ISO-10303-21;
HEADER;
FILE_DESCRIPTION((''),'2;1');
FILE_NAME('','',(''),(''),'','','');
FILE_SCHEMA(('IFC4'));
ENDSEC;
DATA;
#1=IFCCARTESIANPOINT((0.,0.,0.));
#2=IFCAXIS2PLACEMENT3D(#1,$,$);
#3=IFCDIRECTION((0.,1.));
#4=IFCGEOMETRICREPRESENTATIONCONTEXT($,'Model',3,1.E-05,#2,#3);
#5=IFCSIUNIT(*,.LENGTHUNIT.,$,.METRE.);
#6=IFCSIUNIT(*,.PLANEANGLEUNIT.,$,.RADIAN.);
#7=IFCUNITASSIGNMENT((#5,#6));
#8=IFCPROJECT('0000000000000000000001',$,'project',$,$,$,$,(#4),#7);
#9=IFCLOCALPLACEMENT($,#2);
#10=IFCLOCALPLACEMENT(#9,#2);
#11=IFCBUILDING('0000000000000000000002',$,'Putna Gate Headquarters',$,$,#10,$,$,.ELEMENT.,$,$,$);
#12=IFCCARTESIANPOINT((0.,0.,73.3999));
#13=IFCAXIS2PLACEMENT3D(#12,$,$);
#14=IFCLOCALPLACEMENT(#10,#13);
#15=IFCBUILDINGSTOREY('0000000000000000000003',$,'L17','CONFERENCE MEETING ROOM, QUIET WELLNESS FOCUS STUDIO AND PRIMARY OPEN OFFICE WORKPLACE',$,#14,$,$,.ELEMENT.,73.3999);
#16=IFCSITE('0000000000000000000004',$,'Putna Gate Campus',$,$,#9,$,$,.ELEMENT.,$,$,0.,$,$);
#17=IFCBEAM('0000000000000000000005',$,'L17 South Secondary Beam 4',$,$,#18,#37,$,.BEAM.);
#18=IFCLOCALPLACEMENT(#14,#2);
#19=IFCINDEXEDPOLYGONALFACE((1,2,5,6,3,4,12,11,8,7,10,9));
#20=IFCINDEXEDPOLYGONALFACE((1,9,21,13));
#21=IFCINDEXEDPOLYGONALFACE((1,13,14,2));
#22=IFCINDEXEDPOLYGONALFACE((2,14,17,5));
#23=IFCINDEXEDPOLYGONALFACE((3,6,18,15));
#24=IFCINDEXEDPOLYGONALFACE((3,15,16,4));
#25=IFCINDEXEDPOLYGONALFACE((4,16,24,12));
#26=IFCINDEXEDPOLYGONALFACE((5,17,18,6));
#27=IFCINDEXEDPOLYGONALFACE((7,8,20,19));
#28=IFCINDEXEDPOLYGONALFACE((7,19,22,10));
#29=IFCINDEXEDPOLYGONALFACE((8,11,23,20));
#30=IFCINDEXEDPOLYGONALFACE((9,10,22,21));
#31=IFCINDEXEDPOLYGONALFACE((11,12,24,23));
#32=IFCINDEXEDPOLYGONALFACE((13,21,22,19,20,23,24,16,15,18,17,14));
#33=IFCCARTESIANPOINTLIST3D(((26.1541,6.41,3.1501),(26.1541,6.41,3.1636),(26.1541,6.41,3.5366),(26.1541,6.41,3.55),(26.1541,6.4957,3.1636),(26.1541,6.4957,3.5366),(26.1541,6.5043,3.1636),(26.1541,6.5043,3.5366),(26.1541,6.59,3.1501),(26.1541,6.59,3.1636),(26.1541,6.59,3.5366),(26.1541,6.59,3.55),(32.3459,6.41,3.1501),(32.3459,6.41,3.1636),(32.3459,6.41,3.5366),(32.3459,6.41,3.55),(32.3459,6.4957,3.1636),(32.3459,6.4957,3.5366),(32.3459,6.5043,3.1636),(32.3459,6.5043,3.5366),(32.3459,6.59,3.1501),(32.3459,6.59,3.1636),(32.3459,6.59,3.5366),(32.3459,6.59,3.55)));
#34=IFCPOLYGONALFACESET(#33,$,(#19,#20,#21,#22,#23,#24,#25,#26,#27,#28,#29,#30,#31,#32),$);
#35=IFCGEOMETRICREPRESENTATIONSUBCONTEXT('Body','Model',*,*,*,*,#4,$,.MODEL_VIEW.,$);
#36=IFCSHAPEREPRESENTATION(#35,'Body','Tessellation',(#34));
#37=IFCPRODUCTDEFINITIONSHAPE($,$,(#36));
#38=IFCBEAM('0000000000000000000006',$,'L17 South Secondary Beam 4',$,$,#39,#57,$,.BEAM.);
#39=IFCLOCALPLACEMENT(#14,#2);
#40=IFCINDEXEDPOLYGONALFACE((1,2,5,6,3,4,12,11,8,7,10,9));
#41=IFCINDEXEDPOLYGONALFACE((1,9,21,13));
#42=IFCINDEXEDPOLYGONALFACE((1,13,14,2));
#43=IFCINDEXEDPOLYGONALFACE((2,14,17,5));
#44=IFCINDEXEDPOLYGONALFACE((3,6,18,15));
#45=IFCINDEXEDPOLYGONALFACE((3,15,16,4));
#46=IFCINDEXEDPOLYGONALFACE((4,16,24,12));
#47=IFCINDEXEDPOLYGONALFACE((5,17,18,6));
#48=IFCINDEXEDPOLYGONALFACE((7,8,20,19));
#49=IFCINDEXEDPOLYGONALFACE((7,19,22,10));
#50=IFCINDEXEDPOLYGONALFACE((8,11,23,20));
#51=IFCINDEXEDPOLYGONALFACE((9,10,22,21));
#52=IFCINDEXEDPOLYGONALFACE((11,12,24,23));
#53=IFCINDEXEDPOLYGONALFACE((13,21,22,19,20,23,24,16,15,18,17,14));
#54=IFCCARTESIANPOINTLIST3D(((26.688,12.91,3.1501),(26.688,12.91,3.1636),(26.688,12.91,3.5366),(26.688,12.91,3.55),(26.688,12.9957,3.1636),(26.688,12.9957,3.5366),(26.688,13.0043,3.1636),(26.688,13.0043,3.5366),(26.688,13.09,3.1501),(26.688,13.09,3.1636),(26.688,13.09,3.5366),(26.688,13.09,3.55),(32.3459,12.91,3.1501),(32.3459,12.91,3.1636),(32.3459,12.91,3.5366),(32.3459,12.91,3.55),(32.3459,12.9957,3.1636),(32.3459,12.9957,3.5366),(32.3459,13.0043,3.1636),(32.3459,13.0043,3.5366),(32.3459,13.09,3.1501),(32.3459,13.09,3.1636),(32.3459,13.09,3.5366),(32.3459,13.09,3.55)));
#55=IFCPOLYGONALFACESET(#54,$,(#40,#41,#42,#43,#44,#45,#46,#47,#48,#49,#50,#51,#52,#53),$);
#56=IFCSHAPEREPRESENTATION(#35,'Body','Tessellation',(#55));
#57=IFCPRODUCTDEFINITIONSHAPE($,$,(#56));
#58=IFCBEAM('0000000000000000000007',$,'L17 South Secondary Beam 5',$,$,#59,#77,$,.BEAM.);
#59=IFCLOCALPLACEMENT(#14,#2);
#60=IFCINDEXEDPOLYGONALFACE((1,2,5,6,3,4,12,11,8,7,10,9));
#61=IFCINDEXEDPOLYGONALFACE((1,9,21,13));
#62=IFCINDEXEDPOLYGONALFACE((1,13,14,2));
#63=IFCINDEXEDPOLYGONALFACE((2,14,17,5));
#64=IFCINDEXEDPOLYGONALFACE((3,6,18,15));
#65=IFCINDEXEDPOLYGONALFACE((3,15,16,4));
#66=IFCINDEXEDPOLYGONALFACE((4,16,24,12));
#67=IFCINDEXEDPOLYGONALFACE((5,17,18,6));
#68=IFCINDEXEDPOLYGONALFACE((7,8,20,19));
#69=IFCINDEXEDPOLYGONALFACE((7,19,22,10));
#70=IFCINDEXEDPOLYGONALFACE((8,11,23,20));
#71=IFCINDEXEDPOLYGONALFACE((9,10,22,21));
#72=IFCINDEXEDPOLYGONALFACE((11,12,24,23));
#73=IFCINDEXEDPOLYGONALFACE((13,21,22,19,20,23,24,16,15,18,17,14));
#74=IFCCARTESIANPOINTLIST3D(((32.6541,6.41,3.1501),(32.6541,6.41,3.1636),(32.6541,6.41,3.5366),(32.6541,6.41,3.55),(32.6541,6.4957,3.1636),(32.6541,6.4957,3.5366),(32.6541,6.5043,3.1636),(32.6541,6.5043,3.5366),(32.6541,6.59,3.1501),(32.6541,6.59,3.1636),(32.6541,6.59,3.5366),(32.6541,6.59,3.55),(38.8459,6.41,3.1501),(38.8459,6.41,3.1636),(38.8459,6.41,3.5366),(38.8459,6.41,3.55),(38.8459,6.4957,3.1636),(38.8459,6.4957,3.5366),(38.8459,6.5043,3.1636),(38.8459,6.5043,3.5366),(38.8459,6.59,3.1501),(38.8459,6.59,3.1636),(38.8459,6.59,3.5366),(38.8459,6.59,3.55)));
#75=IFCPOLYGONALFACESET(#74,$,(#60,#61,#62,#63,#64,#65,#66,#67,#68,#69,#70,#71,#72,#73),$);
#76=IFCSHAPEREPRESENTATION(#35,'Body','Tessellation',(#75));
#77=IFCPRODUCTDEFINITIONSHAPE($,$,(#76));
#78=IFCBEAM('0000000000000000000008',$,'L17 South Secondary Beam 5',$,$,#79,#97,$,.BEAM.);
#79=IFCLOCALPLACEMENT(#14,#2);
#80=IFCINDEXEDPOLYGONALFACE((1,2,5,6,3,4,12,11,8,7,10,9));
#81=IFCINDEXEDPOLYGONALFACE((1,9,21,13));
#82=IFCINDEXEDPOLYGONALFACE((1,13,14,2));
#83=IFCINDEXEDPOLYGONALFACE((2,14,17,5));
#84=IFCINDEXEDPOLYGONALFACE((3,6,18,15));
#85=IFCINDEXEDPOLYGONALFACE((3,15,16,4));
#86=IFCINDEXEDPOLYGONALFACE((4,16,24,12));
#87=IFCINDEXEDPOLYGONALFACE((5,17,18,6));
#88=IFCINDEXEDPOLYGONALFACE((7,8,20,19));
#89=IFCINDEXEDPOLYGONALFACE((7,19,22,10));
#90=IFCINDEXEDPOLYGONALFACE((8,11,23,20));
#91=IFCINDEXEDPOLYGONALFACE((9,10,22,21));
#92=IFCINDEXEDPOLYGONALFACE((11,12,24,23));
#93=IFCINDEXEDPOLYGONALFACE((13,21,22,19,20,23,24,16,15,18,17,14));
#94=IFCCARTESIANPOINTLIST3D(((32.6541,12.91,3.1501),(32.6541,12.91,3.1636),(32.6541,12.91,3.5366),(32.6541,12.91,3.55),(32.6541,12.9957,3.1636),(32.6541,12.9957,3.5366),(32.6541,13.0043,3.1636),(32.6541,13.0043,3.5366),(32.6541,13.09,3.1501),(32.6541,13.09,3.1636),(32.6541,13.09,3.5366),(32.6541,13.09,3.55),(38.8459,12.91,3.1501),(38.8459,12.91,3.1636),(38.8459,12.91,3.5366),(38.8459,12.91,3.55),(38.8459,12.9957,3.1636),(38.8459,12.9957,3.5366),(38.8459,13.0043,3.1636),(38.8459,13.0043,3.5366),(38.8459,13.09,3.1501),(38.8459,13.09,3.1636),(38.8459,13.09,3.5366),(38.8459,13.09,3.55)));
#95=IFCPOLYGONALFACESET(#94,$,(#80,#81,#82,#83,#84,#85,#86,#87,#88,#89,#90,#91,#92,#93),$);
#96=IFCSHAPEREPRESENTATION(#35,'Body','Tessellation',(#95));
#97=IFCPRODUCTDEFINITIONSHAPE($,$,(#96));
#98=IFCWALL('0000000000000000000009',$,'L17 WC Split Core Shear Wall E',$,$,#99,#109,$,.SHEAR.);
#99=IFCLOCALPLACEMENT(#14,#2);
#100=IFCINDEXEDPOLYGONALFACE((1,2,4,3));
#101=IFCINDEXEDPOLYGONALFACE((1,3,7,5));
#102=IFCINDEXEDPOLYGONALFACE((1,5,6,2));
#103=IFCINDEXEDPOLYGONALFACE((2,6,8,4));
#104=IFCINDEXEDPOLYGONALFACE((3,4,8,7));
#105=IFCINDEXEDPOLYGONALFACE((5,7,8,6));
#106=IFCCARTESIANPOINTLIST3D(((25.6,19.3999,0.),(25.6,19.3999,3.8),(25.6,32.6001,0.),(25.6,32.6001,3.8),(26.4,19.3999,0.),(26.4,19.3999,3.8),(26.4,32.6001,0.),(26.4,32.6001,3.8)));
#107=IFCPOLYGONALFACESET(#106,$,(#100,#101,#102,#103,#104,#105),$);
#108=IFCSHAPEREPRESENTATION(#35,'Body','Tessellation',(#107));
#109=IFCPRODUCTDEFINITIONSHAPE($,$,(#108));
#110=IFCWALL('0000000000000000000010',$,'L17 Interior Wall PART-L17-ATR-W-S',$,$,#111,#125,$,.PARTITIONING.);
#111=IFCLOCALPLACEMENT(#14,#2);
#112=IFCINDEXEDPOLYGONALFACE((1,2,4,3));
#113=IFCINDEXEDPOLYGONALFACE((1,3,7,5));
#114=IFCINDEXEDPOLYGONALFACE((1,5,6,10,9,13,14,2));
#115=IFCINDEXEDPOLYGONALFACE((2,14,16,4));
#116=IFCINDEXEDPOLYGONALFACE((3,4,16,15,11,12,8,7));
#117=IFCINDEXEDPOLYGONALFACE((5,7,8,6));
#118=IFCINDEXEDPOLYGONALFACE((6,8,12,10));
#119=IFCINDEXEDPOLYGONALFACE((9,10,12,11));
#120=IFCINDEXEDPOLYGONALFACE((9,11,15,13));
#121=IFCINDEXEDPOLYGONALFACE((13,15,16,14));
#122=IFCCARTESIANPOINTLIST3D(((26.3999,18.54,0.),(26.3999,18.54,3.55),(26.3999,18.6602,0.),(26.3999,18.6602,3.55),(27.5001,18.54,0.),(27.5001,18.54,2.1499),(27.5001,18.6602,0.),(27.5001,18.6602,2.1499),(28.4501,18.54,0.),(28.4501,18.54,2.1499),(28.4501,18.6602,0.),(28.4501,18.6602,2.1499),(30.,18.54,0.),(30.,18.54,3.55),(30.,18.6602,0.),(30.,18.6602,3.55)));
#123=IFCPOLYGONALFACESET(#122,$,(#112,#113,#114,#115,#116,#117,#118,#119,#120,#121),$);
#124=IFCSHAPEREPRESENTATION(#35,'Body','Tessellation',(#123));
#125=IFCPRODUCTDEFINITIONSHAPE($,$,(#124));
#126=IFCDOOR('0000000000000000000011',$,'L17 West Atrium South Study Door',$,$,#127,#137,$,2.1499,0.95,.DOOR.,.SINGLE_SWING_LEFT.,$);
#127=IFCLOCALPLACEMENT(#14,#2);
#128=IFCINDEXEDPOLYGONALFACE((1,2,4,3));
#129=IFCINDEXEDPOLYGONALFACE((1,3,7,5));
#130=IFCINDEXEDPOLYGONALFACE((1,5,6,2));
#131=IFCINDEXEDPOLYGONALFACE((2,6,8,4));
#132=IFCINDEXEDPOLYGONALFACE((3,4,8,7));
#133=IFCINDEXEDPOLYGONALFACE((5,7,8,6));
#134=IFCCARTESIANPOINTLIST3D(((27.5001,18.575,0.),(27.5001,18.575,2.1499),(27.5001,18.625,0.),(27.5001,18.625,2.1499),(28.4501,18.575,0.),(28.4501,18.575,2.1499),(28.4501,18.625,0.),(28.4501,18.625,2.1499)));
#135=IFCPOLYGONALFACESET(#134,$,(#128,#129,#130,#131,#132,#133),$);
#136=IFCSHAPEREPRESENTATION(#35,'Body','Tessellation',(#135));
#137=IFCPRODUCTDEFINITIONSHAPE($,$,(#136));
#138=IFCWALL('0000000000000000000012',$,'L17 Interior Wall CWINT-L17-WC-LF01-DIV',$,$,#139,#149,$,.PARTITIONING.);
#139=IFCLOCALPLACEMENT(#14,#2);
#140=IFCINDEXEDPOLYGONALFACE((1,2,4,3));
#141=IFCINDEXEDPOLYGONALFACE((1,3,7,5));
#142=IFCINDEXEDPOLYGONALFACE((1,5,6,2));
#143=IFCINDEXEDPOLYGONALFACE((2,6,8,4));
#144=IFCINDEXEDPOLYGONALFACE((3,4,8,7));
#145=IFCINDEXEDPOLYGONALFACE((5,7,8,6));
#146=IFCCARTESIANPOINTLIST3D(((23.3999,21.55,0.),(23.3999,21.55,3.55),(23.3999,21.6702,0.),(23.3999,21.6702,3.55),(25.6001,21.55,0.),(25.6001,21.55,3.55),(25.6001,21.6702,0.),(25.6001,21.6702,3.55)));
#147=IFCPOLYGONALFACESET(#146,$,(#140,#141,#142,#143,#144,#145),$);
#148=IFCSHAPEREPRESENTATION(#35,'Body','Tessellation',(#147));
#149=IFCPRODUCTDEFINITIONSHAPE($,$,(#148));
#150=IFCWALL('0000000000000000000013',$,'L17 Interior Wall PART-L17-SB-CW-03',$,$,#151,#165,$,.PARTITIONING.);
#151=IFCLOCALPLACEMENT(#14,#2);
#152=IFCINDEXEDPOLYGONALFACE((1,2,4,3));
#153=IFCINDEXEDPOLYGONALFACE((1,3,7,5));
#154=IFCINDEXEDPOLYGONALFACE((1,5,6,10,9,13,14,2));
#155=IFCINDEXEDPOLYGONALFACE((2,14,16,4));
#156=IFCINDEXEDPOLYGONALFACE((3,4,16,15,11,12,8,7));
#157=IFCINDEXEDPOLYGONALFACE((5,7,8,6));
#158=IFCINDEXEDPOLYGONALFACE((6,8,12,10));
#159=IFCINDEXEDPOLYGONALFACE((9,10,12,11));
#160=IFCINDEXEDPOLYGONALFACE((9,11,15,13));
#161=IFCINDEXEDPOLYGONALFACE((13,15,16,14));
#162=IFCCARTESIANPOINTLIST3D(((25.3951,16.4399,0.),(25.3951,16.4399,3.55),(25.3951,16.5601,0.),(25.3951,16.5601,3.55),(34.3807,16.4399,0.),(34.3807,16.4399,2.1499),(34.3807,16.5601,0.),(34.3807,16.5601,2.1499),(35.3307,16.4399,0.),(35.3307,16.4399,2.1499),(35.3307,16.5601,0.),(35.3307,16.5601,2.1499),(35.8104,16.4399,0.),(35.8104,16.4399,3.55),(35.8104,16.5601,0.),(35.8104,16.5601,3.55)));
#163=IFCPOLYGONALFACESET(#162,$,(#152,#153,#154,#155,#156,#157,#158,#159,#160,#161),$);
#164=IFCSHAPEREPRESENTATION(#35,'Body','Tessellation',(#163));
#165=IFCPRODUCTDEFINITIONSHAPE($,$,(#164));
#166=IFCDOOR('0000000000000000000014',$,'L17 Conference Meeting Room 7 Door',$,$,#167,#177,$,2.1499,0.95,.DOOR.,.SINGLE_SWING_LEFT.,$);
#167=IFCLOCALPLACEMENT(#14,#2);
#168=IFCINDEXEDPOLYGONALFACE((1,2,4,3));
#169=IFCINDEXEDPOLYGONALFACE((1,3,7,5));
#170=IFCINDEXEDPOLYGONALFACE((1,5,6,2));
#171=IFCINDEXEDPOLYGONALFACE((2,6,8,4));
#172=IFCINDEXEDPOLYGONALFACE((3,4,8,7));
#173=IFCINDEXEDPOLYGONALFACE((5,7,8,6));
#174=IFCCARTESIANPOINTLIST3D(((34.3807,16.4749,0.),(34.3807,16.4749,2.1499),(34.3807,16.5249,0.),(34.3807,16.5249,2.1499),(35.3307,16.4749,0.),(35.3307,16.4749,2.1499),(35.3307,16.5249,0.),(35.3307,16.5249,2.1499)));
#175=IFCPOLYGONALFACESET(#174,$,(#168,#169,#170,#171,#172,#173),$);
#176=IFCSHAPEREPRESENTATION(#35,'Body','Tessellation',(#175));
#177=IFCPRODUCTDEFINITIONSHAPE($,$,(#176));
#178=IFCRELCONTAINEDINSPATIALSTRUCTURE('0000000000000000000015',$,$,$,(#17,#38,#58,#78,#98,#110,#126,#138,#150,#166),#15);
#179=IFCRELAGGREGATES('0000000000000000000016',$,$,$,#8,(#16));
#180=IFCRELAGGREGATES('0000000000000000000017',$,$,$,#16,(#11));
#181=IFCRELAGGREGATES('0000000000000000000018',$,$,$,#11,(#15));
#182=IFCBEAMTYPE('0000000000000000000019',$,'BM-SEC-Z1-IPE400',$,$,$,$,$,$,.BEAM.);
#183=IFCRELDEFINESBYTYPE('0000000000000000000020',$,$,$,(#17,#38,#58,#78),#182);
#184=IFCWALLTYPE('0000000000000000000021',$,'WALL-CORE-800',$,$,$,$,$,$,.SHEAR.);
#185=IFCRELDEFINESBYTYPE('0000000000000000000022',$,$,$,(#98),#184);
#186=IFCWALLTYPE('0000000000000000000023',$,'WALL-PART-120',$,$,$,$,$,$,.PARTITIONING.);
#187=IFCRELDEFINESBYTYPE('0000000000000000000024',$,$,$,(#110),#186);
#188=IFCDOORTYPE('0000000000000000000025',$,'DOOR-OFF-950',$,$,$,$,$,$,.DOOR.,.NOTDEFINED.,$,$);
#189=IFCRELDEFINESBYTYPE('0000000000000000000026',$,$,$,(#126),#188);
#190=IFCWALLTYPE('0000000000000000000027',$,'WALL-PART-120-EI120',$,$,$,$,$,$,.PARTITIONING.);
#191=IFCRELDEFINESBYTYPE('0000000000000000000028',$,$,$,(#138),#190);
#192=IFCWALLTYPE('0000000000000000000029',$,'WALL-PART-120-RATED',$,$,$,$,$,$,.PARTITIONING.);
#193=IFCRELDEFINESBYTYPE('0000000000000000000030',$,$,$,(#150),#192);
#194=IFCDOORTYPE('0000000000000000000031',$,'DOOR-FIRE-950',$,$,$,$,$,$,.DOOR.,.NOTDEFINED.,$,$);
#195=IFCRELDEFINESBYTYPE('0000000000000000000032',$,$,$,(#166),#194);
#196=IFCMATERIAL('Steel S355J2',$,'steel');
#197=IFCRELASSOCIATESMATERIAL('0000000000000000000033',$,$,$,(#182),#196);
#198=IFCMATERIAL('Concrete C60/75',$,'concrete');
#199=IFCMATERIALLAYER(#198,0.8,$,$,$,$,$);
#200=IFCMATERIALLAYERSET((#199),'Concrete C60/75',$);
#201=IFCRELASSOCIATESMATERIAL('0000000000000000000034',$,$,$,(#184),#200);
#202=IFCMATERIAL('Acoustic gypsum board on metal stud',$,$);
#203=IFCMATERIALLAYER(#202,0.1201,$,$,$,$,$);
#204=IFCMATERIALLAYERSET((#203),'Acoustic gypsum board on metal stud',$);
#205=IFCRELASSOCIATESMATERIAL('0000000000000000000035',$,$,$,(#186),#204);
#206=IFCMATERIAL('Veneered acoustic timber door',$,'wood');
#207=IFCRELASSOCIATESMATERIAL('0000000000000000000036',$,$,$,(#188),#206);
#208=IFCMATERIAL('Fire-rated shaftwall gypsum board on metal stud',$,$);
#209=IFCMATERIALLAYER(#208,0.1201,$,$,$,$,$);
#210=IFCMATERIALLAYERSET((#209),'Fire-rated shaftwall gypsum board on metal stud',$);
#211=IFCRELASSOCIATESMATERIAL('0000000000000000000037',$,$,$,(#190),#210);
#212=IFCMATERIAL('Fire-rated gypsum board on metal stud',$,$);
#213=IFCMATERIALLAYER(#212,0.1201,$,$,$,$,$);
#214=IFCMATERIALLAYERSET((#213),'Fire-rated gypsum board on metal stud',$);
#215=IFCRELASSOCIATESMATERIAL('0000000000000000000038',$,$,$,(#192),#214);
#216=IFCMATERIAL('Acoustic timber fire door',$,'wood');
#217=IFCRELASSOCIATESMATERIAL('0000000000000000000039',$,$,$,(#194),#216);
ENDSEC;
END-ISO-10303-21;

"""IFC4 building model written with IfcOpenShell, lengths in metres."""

from ifc_helpers import new_model, si_unit, direction, frame, frame_2d, origin, origin_2d, place, context, subcontext, project, spatial, rectangle, i_section, extrude, material, layer, layer_set, material_profile, profile_set, type_object, element, fill, save


model = new_model("IFC4")

# Units and contexts
model_context = context("Model", 3, precision=1e-05, world=origin(), true_north=direction((0.0, 1.0)))
body_context = subcontext(model_context, "Body", "Model", "MODEL_VIEW")
ifc_project = project(units=[si_unit("LENGTHUNIT", "METRE"), si_unit("PLANEANGLEUNIT", "RADIAN")], contexts=[model_context])

# Site, building, storey
site_placement = place(None, origin())
site = spatial("IfcSite", under=ifc_project, at=site_placement, Name="Putna Gate Campus", CompositionType="ELEMENT", RefElevation=0.0)
building_placement = place(site_placement, origin())
building = spatial("IfcBuilding", under=site, at=building_placement, Name="Putna Gate Headquarters", CompositionType="ELEMENT")
storey_placement = place(building_placement, frame((0.0, 0.0, 73.3999)))
storey = spatial("IfcBuildingStorey", under=building, at=storey_placement, Name="L17", Description="CONFERENCE MEETING ROOM, QUIET WELLNESS FOCUS STUDIO AND PRIMARY OPEN OFFICE WORKPLACE", CompositionType="ELEMENT", Elevation=73.3999)

# Shared definitions
ifc_material_1 = material(Name="Concrete C60/75", Category="concrete")

# Beams
ifc_material_2 = material(Name="Steel S355J2", Category="steel")
ifc_material_profile_1 = material_profile(ifc_material_2, i_section(OverallWidth=0.1799, OverallDepth=0.3999, WebThickness=0.0085, FlangeThickness=0.0134, at=origin_2d()), Name="Steel S355J2")
ifc_profile_set_1 = profile_set([ifc_material_profile_1], Name="Steel S355J2")
beam_type_1 = type_object("IfcBeamType", Name="BM-SEC-Z1-IPE400", PredefinedType="BEAM", material=ifc_profile_set_1)
beam_1_placement = place(storey_placement, frame((26.1541, 6.5, 3.3501), z_axis=(1.0, 0.0, 0.0), x_axis=(0.0, 1.0, 0.0)))
element("IfcBeam", 1, at=beam_1_placement, inside=storey, type_object=beam_type_1, Name="L17 South Secondary Beam 4", PredefinedType="BEAM", context=body_context, shape_type="SweptSolid", body=[
    extrude(i_section(OverallWidth=0.1799, OverallDepth=0.3999, WebThickness=0.0085, FlangeThickness=0.0134, at=origin_2d()), origin(), (0.0, 0.0, 1.0), 6.1919),
])
beam_2_placement = place(storey_placement, frame((26.688, 13.0, 3.3501), z_axis=(1.0, 0.0, 0.0), x_axis=(0.0, 1.0, 0.0)))
element("IfcBeam", 2, at=beam_2_placement, inside=storey, type_object=beam_type_1, Name="L17 South Secondary Beam 4", PredefinedType="BEAM", context=body_context, shape_type="SweptSolid", body=[
    extrude(i_section(OverallWidth=0.1799, OverallDepth=0.3999, WebThickness=0.0085, FlangeThickness=0.0134, at=origin_2d()), origin(), (0.0, 0.0, 1.0), 5.658),
])
for number, where, z_axis, x_axis, name in (
    (3, (32.6541, 6.5, 3.3501), (1.0, 0.0, 0.0), (0.0, 1.0, 0.0), "L17 South Secondary Beam 5"),
    (4, (32.6541, 13.0, 3.3501), (1.0, 0.0, 0.0), (0.0, 1.0, 0.0), "L17 South Secondary Beam 5"),
):
    element("IfcBeam", number, at=place(storey_placement, frame(where, z_axis=z_axis, x_axis=x_axis)), inside=storey, type_object=beam_type_1, Name=name, PredefinedType="BEAM", context=body_context, shape_type="SweptSolid", body=[
        extrude(i_section(OverallWidth=0.1799, OverallDepth=0.3999, WebThickness=0.0085, FlangeThickness=0.0134, at=origin_2d()), origin(), (0.0, 0.0, 1.0), 6.1919),
    ])

# Wall
ifc_layer_1 = layer(ifc_material_1, 0.8)
ifc_layer_set_1 = layer_set([ifc_layer_1], Name="Concrete C60/75")
wall_type_1 = type_object("IfcWallType", Name="WALL-CORE-800", PredefinedType="SHEAR", material=ifc_layer_set_1)
wall_1_placement = place(storey_placement, frame((26.0, 19.3999, 0.0), z_axis=(0.0, 0.0, 1.0), x_axis=(0.0, 1.0, 0.0)))
element("IfcWall", 5, at=wall_1_placement, inside=storey, type_object=wall_type_1, Name="L17 WC Split Core Shear Wall E", PredefinedType="SHEAR", context=body_context, shape_type="SweptSolid", body=[
    extrude(rectangle(XDim=13.2002, YDim=0.8, at=frame_2d((6.6001, 0.0))), origin(), (0.0, 0.0, 1.0), 3.8),
])

# Wall, opening, door
ifc_material_3 = material(Name="Acoustic gypsum board on metal stud")
ifc_layer_2 = layer(ifc_material_3, 0.1201)
ifc_layer_set_2 = layer_set([ifc_layer_2], Name="Acoustic gypsum board on metal stud")
wall_type_2 = type_object("IfcWallType", Name="WALL-PART-120", PredefinedType="PARTITIONING", material=ifc_layer_set_2)
wall_2_placement = place(storey_placement, frame((26.3999, 18.6001, 0.0), z_axis=(0.0, 0.0, 1.0), x_axis=(1.0, 0.0, 0.0)))
wall_2 = element("IfcWall", 6, at=wall_2_placement, inside=storey, type_object=wall_type_2, Name="L17 Interior Wall PART-L17-ATR-W-S", PredefinedType="PARTITIONING", context=body_context, shape_type="SweptSolid", body=[
    extrude(rectangle(XDim=3.6001, YDim=0.1201, at=frame_2d((1.8, 0.0))), origin(), (0.0, 0.0, 1.0), 3.55),
])
opening_1_placement = place(wall_2_placement, frame((1.1001, 0.0, 0.0)))
opening_1 = element("IfcOpeningElement", 7, at=opening_1_placement, cuts=wall_2, PredefinedType="OPENING", context=body_context, shape_type="SweptSolid", body=[
    extrude(rectangle(XDim=0.95, YDim=2.1499, at=frame_2d((0.4751, 1.075))), frame((0.0, 0.0701, 0.0), z_axis=(0.0, -1.0, 0.0), x_axis=(1.0, 0.0, 0.0)), (0.0, 0.0, 1.0), 0.1401),
])
ifc_material_4 = material(Name="Veneered acoustic timber door", Category="wood")
door_type_1 = type_object("IfcDoorType", Name="DOOR-OFF-950", OperationType="NOTDEFINED", PredefinedType="DOOR", material=ifc_material_4)
door_1_placement = place(opening_1_placement, origin())
door_1 = element("IfcDoor", 8, at=door_1_placement, inside=storey, type_object=door_type_1, Name="L17 West Atrium South Study Door", OperationType="SINGLE_SWING_LEFT", OverallHeight=2.1499, OverallWidth=0.95, PredefinedType="DOOR", context=body_context, shape_type="SweptSolid", body=[
    extrude(rectangle(XDim=0.95, YDim=2.1499, at=frame_2d((0.4751, 1.075))), frame((0.0, 0.0249, 0.0), z_axis=(0.0, -1.0, 0.0), x_axis=(1.0, 0.0, 0.0)), (0.0, 0.0, 1.0), 0.05),
])
fill(opening_1, door_1)

# Wall
ifc_material_5 = material(Name="Fire-rated shaftwall gypsum board on metal stud")
ifc_layer_3 = layer(ifc_material_5, 0.1201)
ifc_layer_set_3 = layer_set([ifc_layer_3], Name="Fire-rated shaftwall gypsum board on metal stud")
wall_type_3 = type_object("IfcWallType", Name="WALL-PART-120-EI120", PredefinedType="PARTITIONING", material=ifc_layer_set_3)
wall_3_placement = place(storey_placement, frame((23.3999, 21.6101, 0.0), z_axis=(0.0, 0.0, 1.0), x_axis=(1.0, 0.0, 0.0)))
element("IfcWall", 9, at=wall_3_placement, inside=storey, type_object=wall_type_3, Name="L17 Interior Wall CWINT-L17-WC-LF01-DIV", PredefinedType="PARTITIONING", context=body_context, shape_type="SweptSolid", body=[
    extrude(rectangle(XDim=2.2002, YDim=0.1201, at=frame_2d((1.1001, 0.0))), origin(), (0.0, 0.0, 1.0), 3.55),
])

# Wall, opening, door
ifc_material_6 = material(Name="Fire-rated gypsum board on metal stud")
ifc_layer_4 = layer(ifc_material_6, 0.1201)
ifc_layer_set_4 = layer_set([ifc_layer_4], Name="Fire-rated gypsum board on metal stud")
wall_type_4 = type_object("IfcWallType", Name="WALL-PART-120-RATED", PredefinedType="PARTITIONING", material=ifc_layer_set_4)
wall_4_placement = place(storey_placement, frame((25.3953, 16.5, 0.0), z_axis=(0.0, 0.0, 1.0), x_axis=(1.0, 0.0, 0.0)))
wall_4 = element("IfcWall", 10, at=wall_4_placement, inside=storey, type_object=wall_type_4, Name="L17 Interior Wall PART-L17-SB-CW-03", PredefinedType="PARTITIONING", context=body_context, shape_type="SweptSolid", body=[
    extrude(rectangle(XDim=10.4153, YDim=0.1201, at=frame_2d((5.2075, 0.0))), origin(), (0.0, 0.0, 1.0), 3.55),
])
opening_2_placement = place(wall_4_placement, frame((8.9854, 0.0, 0.0)))
opening_2 = element("IfcOpeningElement", 11, at=opening_2_placement, cuts=wall_4, PredefinedType="OPENING", context=body_context, shape_type="SweptSolid", body=[
    extrude(rectangle(XDim=0.95, YDim=2.1499, at=frame_2d((0.4751, 1.075))), frame((0.0, 0.0701, 0.0), z_axis=(0.0, -1.0, 0.0), x_axis=(1.0, 0.0, 0.0)), (0.0, 0.0, 1.0), 0.1401),
])
ifc_material_7 = material(Name="Acoustic timber fire door", Category="wood")
door_type_2 = type_object("IfcDoorType", Name="DOOR-FIRE-950", OperationType="NOTDEFINED", PredefinedType="DOOR", material=ifc_material_7)
door_2_placement = place(opening_2_placement, origin())
door_2 = element("IfcDoor", 12, at=door_2_placement, inside=storey, type_object=door_type_2, Name="L17 Conference Meeting Room 7 Door", OperationType="SINGLE_SWING_LEFT", OverallHeight=2.1499, OverallWidth=0.95, PredefinedType="DOOR", context=body_context, shape_type="SweptSolid", body=[
    extrude(rectangle(XDim=0.95, YDim=2.1499, at=frame_2d((0.4751, 1.075))), frame((0.0, 0.0249, 0.0), z_axis=(0.0, -1.0, 0.0), x_axis=(1.0, 0.0, 0.0)), (0.0, 0.0, 1.0), 0.05),
])
fill(opening_2, door_2)

save(model, "model.ifc")
